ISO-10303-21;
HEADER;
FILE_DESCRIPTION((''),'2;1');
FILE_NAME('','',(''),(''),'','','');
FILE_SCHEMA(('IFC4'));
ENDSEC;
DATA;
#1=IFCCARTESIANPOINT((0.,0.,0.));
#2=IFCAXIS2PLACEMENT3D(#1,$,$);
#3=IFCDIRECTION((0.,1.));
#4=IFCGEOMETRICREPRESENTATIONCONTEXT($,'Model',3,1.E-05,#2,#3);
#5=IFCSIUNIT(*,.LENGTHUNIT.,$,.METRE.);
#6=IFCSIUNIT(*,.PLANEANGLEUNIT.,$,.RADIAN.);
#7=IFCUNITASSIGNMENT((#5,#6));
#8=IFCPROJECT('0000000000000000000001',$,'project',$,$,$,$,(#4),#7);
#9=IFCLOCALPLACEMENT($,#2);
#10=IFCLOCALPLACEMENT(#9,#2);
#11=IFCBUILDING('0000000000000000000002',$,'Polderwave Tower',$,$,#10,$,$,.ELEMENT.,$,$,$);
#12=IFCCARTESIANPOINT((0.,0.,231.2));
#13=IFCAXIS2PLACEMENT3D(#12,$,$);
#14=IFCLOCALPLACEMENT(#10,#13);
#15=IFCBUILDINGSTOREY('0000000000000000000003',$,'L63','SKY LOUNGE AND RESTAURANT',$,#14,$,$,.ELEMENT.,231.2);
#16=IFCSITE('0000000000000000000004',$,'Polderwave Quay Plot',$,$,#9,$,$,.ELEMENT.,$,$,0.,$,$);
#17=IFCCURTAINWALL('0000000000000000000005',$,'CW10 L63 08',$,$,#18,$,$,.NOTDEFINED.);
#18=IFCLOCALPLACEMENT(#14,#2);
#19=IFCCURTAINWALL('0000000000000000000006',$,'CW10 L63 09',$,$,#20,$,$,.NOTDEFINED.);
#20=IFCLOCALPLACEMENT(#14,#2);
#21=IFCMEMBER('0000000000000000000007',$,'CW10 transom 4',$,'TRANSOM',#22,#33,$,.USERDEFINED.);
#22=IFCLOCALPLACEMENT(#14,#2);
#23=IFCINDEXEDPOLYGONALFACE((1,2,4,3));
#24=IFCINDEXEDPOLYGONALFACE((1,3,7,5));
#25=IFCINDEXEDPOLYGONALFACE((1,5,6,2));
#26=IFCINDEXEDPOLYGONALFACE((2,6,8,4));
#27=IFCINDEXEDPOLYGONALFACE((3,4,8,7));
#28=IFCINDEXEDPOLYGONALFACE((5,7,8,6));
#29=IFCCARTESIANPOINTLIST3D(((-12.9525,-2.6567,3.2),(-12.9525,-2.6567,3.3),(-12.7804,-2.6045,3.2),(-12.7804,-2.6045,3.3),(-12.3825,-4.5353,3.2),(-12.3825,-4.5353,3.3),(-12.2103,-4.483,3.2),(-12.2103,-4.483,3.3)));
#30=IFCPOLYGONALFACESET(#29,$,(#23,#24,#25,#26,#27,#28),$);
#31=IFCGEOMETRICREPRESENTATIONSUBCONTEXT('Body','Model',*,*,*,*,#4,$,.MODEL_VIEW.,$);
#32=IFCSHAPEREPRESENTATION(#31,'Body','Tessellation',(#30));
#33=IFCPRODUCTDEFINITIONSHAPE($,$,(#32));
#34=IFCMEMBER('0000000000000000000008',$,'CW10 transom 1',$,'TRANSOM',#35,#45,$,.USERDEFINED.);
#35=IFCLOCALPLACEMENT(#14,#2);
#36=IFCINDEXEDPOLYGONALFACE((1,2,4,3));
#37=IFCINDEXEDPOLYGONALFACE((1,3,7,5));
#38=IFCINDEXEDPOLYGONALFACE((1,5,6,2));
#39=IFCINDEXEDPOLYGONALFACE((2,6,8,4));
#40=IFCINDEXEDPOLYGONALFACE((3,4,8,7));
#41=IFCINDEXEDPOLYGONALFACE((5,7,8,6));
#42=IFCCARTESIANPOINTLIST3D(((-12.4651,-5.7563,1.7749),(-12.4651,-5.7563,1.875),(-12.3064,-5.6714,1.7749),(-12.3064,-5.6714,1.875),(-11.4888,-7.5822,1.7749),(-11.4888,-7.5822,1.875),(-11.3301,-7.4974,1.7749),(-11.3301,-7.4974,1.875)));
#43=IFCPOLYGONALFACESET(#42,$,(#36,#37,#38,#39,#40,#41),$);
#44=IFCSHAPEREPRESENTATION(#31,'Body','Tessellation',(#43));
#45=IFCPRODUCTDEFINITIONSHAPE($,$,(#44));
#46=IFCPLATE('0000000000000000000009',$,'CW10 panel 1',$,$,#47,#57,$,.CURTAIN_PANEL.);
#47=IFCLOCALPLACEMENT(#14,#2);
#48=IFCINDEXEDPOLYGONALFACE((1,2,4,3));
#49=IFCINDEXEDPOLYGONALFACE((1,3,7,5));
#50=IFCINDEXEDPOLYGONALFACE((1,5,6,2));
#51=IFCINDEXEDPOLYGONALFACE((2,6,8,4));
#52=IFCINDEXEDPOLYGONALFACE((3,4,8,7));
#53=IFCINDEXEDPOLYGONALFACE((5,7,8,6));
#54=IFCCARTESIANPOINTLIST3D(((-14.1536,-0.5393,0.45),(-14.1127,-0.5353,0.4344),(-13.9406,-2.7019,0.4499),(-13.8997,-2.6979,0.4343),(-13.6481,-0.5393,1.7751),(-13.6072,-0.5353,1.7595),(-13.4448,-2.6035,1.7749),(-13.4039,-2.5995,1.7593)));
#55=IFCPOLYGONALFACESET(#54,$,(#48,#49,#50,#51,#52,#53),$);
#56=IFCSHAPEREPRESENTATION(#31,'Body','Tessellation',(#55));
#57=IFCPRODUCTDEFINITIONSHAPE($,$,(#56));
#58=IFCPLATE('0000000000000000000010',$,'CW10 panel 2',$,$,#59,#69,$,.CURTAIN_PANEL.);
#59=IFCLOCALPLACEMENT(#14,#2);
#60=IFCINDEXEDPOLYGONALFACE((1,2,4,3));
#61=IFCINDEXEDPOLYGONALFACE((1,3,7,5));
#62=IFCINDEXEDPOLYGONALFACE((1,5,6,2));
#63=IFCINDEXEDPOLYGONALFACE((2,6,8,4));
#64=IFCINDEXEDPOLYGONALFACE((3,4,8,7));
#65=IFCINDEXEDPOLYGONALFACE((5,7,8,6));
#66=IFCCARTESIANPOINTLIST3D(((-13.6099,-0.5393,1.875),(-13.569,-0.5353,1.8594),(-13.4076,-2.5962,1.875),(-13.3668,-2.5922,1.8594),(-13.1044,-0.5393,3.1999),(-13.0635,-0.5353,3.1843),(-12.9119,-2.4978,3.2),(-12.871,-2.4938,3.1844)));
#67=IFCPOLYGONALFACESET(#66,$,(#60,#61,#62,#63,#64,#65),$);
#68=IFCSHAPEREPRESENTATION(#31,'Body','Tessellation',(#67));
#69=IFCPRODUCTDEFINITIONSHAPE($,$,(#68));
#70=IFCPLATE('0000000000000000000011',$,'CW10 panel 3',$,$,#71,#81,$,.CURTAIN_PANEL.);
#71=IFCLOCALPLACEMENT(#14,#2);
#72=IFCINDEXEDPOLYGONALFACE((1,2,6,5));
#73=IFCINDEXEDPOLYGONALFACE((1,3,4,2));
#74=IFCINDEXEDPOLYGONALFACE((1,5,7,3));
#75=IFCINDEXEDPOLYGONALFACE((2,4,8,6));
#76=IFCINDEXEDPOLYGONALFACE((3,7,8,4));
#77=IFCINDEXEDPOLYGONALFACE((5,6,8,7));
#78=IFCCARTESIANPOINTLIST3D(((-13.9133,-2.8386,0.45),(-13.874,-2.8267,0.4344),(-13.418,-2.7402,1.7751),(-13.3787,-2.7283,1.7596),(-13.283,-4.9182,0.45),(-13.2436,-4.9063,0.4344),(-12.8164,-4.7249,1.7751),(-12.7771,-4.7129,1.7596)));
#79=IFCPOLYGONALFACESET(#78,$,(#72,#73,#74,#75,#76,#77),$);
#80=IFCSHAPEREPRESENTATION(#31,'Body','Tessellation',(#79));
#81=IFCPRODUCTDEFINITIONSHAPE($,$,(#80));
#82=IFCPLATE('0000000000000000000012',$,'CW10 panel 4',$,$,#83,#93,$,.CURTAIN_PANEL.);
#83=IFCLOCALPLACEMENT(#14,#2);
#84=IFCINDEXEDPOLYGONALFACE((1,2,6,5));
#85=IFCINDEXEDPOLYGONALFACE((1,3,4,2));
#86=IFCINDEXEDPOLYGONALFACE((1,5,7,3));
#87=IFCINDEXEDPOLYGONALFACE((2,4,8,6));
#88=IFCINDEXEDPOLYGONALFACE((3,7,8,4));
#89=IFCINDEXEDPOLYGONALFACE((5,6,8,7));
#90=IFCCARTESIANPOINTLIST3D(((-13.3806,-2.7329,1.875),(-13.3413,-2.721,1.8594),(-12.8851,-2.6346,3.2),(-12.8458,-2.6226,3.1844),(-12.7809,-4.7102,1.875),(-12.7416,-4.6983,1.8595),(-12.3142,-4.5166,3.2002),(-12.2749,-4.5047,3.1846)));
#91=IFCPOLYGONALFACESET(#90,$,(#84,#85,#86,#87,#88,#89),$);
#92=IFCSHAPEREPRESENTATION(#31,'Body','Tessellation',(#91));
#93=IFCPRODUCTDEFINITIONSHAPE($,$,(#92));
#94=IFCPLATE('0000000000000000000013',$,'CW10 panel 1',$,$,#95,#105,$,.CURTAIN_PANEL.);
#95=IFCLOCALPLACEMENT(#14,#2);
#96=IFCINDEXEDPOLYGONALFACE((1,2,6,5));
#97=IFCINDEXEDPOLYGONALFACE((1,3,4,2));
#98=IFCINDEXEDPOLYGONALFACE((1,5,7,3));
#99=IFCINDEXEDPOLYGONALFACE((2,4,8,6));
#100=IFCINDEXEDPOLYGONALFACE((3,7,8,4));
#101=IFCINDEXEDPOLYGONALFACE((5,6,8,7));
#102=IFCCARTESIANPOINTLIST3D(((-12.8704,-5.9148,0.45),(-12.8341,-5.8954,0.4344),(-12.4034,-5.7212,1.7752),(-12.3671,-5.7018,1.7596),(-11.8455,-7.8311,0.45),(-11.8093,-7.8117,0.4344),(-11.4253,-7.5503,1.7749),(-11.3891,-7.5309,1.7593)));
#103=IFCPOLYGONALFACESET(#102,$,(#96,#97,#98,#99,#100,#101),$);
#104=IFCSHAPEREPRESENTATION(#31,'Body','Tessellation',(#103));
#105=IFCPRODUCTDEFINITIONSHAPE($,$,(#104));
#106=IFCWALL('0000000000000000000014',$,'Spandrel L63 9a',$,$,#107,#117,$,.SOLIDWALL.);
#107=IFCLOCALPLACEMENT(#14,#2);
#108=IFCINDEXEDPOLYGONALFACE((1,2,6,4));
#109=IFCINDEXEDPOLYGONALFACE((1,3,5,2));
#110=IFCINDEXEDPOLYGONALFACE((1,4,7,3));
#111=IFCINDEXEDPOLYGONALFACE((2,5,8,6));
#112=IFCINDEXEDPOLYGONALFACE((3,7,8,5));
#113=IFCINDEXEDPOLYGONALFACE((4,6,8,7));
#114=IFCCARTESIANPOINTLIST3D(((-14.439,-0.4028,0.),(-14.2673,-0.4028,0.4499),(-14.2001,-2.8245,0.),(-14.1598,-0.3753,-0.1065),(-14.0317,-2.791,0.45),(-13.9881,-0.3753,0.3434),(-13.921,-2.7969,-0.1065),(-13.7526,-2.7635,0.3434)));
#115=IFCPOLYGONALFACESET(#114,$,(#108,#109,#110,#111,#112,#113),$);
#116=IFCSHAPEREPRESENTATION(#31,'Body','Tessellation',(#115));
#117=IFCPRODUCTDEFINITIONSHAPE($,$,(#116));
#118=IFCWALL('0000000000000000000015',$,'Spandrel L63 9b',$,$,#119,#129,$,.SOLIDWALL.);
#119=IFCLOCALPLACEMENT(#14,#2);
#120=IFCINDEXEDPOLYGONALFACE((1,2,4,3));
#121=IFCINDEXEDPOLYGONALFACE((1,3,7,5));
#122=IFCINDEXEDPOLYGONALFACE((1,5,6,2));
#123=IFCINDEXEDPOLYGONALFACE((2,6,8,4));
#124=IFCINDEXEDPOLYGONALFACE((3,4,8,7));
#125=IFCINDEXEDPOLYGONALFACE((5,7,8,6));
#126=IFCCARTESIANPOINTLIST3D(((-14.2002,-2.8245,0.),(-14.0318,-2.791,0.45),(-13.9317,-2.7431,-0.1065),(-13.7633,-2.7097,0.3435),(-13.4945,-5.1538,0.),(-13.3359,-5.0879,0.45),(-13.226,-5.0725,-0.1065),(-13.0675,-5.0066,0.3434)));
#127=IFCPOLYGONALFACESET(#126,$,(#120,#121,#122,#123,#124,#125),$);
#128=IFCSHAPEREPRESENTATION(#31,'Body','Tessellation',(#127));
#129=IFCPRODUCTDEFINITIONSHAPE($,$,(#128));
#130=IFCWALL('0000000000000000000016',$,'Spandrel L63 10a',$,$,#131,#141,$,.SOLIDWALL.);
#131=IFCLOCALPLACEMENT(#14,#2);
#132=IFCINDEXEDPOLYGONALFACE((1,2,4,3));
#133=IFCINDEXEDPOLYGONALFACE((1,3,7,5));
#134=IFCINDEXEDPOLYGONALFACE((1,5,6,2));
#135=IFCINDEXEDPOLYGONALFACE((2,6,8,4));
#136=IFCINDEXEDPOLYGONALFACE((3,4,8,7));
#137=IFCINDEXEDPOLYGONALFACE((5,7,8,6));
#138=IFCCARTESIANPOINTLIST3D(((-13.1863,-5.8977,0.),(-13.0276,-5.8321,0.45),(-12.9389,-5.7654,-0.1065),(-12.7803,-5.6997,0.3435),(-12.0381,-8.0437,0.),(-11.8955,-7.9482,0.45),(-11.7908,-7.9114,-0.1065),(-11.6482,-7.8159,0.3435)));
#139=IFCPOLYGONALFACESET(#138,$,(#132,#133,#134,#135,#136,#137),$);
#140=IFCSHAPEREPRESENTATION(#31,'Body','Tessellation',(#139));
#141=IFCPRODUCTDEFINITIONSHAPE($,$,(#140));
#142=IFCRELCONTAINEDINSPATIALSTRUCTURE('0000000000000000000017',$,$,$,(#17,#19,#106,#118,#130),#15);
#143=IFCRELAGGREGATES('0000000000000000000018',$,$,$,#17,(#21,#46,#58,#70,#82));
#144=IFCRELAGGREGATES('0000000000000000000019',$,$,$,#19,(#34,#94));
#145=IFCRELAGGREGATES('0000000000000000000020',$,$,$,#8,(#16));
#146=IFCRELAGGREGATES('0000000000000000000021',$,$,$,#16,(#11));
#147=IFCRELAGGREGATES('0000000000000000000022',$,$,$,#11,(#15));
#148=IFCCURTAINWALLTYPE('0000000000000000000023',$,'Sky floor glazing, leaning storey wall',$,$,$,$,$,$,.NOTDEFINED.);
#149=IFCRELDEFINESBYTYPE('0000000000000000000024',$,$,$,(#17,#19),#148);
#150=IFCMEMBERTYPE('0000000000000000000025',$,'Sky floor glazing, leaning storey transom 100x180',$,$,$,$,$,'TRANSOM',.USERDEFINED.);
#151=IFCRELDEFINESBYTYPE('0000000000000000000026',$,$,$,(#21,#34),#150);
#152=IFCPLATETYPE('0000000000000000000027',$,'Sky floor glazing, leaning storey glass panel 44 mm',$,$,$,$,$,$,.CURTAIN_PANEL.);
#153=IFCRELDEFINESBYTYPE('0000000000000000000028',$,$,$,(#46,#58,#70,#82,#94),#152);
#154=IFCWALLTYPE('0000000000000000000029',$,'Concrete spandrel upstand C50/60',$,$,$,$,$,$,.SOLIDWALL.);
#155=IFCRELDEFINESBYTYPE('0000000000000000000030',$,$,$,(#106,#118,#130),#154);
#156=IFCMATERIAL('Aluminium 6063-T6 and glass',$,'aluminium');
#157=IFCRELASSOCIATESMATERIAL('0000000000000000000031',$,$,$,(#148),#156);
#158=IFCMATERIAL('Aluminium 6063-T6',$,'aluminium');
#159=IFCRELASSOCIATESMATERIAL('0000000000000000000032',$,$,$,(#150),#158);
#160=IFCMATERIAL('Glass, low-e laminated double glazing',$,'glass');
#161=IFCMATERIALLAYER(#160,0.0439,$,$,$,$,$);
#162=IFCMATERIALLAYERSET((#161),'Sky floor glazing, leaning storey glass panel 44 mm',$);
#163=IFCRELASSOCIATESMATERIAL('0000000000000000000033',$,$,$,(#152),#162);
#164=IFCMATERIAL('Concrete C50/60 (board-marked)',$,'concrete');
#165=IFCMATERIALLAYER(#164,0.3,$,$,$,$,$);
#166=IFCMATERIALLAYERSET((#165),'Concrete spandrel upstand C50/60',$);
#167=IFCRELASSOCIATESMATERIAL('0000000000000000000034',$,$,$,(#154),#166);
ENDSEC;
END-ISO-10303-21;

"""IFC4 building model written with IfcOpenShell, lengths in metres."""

from ifc_helpers import new_model, si_unit, direction, frame, origin, origin_2d, place, context, subcontext, project, spatial, polyline, rectangle, outline, extrude, material, layer, layer_set, material_profile, profile_set, type_object, element, aggregate, save


model = new_model("IFC4")

# Units and contexts
model_context = context("Model", 3, precision=1e-05, world=origin(), true_north=direction((0.0, 1.0)))
body_context = subcontext(model_context, "Body", "Model", "MODEL_VIEW")
ifc_project = project(units=[si_unit("LENGTHUNIT", "METRE"), si_unit("PLANEANGLEUNIT", "RADIAN")], contexts=[model_context])

# Site, building, storey
site_placement = place(None, origin())
site = spatial("IfcSite", under=ifc_project, at=site_placement, Name="Polderwave Quay Plot", CompositionType="ELEMENT", RefElevation=0.0)
building_placement = place(site_placement, origin())
building = spatial("IfcBuilding", under=site, at=building_placement, Name="Polderwave Tower", CompositionType="ELEMENT")
storey_placement = place(building_placement, frame((0.0, 0.0, 231.2)))
storey = spatial("IfcBuildingStorey", under=building, at=storey_placement, Name="L63", Description="SKY LOUNGE AND RESTAURANT", CompositionType="ELEMENT", Elevation=231.2)

# Curtain wall
ifc_material_1 = material(Name="Aluminium 6063-T6 and glass", Category="aluminium")
curtain_wall_type = type_object("IfcCurtainWallType", Name="Sky floor glazing, leaning storey wall", PredefinedType="NOTDEFINED", material=ifc_material_1)
curtain_wall_1_placement = place(storey_placement, origin())
curtain_wall_1 = element("IfcCurtainWall", 1, at=curtain_wall_1_placement, inside=storey, type_object=curtain_wall_type, Name="CW10 L63 08", PredefinedType="NOTDEFINED")
ifc_material_2 = material(Name="Aluminium 6063-T6", Category="aluminium")

# Curtain wall
curtain_wall_2_placement = place(storey_placement, origin())
curtain_wall_2 = element("IfcCurtainWall", 2, at=curtain_wall_2_placement, inside=storey, type_object=curtain_wall_type, Name="CW10 L63 09", PredefinedType="NOTDEFINED")

# Members
ifc_material_profile_1 = material_profile(ifc_material_2, rectangle(XDim=0.1799, YDim=0.1001, at=origin_2d()), Name="AL 100x180")
ifc_profile_set_1 = profile_set([ifc_material_profile_1], Name="Aluminium 6063-T6")
member_type_1 = type_object("IfcMemberType", Name="Sky floor glazing, leaning storey transom 100x180", ElementType="TRANSOM", PredefinedType="USERDEFINED", material=ifc_profile_set_1)
member_1_placement = place(storey_placement, frame((-12.8665, -2.6306, 3.25), z_axis=(0.29037, -0.956915, 0.0), x_axis=(0.956915, 0.29037, 0.0)))
member_1 = element("IfcMember", 3, at=member_1_placement, type_object=member_type_1, Name="CW10 transom 4", ObjectType="TRANSOM", PredefinedType="USERDEFINED", context=body_context, shape_type="SweptSolid", body=[
    extrude(rectangle(XDim=0.1799, YDim=0.1001, at=origin_2d()), origin(), (0.0, 0.0, 1.0), 1.9631),
])
member_2_placement = place(storey_placement, frame((-12.3857, -5.7139, 1.825), z_axis=(0.471524, -0.881853, 0.0), x_axis=(0.881853, 0.471524, 0.0)))
member_2 = element("IfcMember", 4, at=member_2_placement, type_object=member_type_1, Name="CW10 transom 1", ObjectType="TRANSOM", PredefinedType="USERDEFINED", context=body_context, shape_type="SweptSolid", body=[
    extrude(rectangle(XDim=0.1799, YDim=0.1001, at=origin_2d()), origin(), (0.0, 0.0, 1.0), 2.0706),
])

# Plates
ifc_material_3 = material(Name="Glass, low-e laminated double glazing", Category="glass")
ifc_layer_1 = layer(ifc_material_3, 0.0439)
ifc_layer_set_1 = layer_set([ifc_layer_1], Name="Sky floor glazing, leaning storey glass panel 44 mm")
plate_type = type_object("IfcPlateType", Name="Sky floor glazing, leaning storey glass panel 44 mm", PredefinedType="CURTAIN_PANEL", material=ifc_layer_set_1)
plate_1_placement = place(storey_placement, frame((-14.1536, -0.5393, 0.45), z_axis=(-0.930399, -0.091647, 0.354906), x_axis=(0.098021, -0.995184, -0.00002)))
plate_1 = element("IfcPlate", 5, at=plate_1_placement, type_object=plate_type, Name="CW10 panel 1", PredefinedType="CURTAIN_PANEL", context=body_context, shape_type="SweptSolid", body=[
    extrude(outline(polyline([(0.0, 0.0), (2.1731, 0.0), (2.1237, 1.4173), (0.0495, 1.4174), (0.0, 0.0)])), origin(), (0.0, 0.0, -1.0), 0.0439),
])
plate_2_placement = place(storey_placement, frame((-13.6099, -0.5393, 1.875), z_axis=(-0.930405, -0.091474, 0.354934), x_axis=(0.097839, -0.995202, -0.000012)))
plate_2 = element("IfcPlate", 6, at=plate_2_placement, type_object=plate_type, Name="CW10 panel 2", PredefinedType="CURTAIN_PANEL", context=body_context, shape_type="SweptSolid", body=[
    extrude(outline(polyline([(0.0, 0.0), (2.0668, 0.0), (2.0174, 1.4173), (0.0494, 1.4172), (0.0, 0.0)])), origin(), (0.0, 0.0, -1.0), 0.0439),
])
plate_3_placement = place(storey_placement, frame((-13.9133, -2.8386, 0.45), z_axis=(-0.894809, -0.271232, 0.354612), x_axis=(0.290085, -0.957001, 0.000002)))
plate_3 = element("IfcPlate", 7, at=plate_3_placement, type_object=plate_type, Name="CW10 panel 3", PredefinedType="CURTAIN_PANEL", context=body_context, shape_type="SweptSolid", body=[
    extrude(outline(polyline([(0.0, 0.0), (2.173, 0.0), (2.1233, 1.4173), (0.0495, 1.4173), (0.0, 0.0)])), origin(), (0.0, 0.0, -1.0), 0.0439),
])
plate_4_placement = place(storey_placement, frame((-13.3806, -2.7329, 1.875), z_axis=(-0.894719, -0.27137, 0.354735), x_axis=(0.290253, -0.95695, 0.000021)))
plate_4 = element("IfcPlate", 8, at=plate_4_placement, type_object=plate_type, Name="CW10 panel 4", PredefinedType="CURTAIN_PANEL", context=body_context, shape_type="SweptSolid", body=[
    extrude(outline(polyline([(0.0, 0.0), (2.0663, 0.0), (2.0165, 1.4173), (0.0497, 1.4172), (0.0, 0.0)])), origin(), (0.0, 0.0, -1.0), 0.0439),
])
aggregate(curtain_wall_1, [member_1, plate_1, plate_2, plate_3, plate_4])
plate_5_placement = place(storey_placement, frame((-12.8704, -5.9148, 0.45), z_axis=(-0.824408, -0.440897, 0.354911), x_axis=(0.471601, -0.881812, 0.000011)))
plate_5 = element("IfcPlate", 9, at=plate_5_placement, type_object=plate_type, Name="CW10 panel 1", PredefinedType="CURTAIN_PANEL", context=body_context, shape_type="SweptSolid", body=[
    extrude(outline(polyline([(0.0, 0.0), (2.1731, 0.0), (2.1237, 1.4172), (0.0495, 1.4175), (0.0, 0.0)])), origin(), (0.0, 0.0, -1.0), 0.0439),
])
aggregate(curtain_wall_2, [member_2, plate_5])

# Walls
ifc_material_4 = material(Name="Concrete C50/60 (board-marked)", Category="concrete")
ifc_layer_2 = layer(ifc_material_4, 0.3)
ifc_layer_set_2 = layer_set([ifc_layer_2], Name="Concrete spandrel upstand C50/60")
wall_type = type_object("IfcWallType", Name="Concrete spandrel upstand C50/60", PredefinedType="SOLIDWALL", material=ifc_layer_set_2)
wall_1_placement = place(storey_placement, frame((-14.439, -0.4028, 0.0), z_axis=(-0.930351, -0.091755, 0.355005), x_axis=(0.098145, -0.995172, -0.000008)))
element("IfcWall", 10, at=wall_1_placement, inside=storey, type_object=wall_type, Name="Spandrel L63 9a", PredefinedType="SOLIDWALL", context=body_context, shape_type="SweptSolid", body=[
    extrude(outline(polyline([(0.0, 0.0), (2.4334, 0.0), (2.4166, 0.4813), (0.0168, 0.4813), (0.0, 0.0)])), origin(), (0.0, 0.0, -1.0), 0.3),
])
wall_2_placement = place(storey_placement, frame((-14.2002, -2.8245, 0.0), z_axis=(-0.894721, -0.271075, 0.354954), x_axis=(0.28996, -0.957039, 0.000011)))
element("IfcWall", 11, at=wall_2_placement, inside=storey, type_object=wall_type, Name="Spandrel L63 9b", PredefinedType="SOLIDWALL", context=body_context, shape_type="SweptSolid", body=[
    extrude(outline(polyline([(0.0, 0.0), (2.4339, 0.0), (2.4168, 0.4813), (0.0168, 0.4813), (0.0, 0.0)])), origin(), (0.0, 0.0, -1.0), 0.3),
])
wall_3_placement = place(storey_placement, frame((-13.1863, -5.8977, 0.0), z_axis=(-0.824333, -0.441017, 0.354937), x_axis=(0.471734, -0.881741, 0.000011)))
element("IfcWall", 12, at=wall_3_placement, inside=storey, type_object=wall_type, Name="Spandrel L63 10a", PredefinedType="SOLIDWALL", context=body_context, shape_type="SweptSolid", body=[
    extrude(outline(polyline([(0.0, 0.0), (2.4339, 0.0), (2.4169, 0.4813), (0.017, 0.4813), (0.0, 0.0)])), origin(), (0.0, 0.0, -1.0), 0.3),
])

save(model, "model.ifc")
